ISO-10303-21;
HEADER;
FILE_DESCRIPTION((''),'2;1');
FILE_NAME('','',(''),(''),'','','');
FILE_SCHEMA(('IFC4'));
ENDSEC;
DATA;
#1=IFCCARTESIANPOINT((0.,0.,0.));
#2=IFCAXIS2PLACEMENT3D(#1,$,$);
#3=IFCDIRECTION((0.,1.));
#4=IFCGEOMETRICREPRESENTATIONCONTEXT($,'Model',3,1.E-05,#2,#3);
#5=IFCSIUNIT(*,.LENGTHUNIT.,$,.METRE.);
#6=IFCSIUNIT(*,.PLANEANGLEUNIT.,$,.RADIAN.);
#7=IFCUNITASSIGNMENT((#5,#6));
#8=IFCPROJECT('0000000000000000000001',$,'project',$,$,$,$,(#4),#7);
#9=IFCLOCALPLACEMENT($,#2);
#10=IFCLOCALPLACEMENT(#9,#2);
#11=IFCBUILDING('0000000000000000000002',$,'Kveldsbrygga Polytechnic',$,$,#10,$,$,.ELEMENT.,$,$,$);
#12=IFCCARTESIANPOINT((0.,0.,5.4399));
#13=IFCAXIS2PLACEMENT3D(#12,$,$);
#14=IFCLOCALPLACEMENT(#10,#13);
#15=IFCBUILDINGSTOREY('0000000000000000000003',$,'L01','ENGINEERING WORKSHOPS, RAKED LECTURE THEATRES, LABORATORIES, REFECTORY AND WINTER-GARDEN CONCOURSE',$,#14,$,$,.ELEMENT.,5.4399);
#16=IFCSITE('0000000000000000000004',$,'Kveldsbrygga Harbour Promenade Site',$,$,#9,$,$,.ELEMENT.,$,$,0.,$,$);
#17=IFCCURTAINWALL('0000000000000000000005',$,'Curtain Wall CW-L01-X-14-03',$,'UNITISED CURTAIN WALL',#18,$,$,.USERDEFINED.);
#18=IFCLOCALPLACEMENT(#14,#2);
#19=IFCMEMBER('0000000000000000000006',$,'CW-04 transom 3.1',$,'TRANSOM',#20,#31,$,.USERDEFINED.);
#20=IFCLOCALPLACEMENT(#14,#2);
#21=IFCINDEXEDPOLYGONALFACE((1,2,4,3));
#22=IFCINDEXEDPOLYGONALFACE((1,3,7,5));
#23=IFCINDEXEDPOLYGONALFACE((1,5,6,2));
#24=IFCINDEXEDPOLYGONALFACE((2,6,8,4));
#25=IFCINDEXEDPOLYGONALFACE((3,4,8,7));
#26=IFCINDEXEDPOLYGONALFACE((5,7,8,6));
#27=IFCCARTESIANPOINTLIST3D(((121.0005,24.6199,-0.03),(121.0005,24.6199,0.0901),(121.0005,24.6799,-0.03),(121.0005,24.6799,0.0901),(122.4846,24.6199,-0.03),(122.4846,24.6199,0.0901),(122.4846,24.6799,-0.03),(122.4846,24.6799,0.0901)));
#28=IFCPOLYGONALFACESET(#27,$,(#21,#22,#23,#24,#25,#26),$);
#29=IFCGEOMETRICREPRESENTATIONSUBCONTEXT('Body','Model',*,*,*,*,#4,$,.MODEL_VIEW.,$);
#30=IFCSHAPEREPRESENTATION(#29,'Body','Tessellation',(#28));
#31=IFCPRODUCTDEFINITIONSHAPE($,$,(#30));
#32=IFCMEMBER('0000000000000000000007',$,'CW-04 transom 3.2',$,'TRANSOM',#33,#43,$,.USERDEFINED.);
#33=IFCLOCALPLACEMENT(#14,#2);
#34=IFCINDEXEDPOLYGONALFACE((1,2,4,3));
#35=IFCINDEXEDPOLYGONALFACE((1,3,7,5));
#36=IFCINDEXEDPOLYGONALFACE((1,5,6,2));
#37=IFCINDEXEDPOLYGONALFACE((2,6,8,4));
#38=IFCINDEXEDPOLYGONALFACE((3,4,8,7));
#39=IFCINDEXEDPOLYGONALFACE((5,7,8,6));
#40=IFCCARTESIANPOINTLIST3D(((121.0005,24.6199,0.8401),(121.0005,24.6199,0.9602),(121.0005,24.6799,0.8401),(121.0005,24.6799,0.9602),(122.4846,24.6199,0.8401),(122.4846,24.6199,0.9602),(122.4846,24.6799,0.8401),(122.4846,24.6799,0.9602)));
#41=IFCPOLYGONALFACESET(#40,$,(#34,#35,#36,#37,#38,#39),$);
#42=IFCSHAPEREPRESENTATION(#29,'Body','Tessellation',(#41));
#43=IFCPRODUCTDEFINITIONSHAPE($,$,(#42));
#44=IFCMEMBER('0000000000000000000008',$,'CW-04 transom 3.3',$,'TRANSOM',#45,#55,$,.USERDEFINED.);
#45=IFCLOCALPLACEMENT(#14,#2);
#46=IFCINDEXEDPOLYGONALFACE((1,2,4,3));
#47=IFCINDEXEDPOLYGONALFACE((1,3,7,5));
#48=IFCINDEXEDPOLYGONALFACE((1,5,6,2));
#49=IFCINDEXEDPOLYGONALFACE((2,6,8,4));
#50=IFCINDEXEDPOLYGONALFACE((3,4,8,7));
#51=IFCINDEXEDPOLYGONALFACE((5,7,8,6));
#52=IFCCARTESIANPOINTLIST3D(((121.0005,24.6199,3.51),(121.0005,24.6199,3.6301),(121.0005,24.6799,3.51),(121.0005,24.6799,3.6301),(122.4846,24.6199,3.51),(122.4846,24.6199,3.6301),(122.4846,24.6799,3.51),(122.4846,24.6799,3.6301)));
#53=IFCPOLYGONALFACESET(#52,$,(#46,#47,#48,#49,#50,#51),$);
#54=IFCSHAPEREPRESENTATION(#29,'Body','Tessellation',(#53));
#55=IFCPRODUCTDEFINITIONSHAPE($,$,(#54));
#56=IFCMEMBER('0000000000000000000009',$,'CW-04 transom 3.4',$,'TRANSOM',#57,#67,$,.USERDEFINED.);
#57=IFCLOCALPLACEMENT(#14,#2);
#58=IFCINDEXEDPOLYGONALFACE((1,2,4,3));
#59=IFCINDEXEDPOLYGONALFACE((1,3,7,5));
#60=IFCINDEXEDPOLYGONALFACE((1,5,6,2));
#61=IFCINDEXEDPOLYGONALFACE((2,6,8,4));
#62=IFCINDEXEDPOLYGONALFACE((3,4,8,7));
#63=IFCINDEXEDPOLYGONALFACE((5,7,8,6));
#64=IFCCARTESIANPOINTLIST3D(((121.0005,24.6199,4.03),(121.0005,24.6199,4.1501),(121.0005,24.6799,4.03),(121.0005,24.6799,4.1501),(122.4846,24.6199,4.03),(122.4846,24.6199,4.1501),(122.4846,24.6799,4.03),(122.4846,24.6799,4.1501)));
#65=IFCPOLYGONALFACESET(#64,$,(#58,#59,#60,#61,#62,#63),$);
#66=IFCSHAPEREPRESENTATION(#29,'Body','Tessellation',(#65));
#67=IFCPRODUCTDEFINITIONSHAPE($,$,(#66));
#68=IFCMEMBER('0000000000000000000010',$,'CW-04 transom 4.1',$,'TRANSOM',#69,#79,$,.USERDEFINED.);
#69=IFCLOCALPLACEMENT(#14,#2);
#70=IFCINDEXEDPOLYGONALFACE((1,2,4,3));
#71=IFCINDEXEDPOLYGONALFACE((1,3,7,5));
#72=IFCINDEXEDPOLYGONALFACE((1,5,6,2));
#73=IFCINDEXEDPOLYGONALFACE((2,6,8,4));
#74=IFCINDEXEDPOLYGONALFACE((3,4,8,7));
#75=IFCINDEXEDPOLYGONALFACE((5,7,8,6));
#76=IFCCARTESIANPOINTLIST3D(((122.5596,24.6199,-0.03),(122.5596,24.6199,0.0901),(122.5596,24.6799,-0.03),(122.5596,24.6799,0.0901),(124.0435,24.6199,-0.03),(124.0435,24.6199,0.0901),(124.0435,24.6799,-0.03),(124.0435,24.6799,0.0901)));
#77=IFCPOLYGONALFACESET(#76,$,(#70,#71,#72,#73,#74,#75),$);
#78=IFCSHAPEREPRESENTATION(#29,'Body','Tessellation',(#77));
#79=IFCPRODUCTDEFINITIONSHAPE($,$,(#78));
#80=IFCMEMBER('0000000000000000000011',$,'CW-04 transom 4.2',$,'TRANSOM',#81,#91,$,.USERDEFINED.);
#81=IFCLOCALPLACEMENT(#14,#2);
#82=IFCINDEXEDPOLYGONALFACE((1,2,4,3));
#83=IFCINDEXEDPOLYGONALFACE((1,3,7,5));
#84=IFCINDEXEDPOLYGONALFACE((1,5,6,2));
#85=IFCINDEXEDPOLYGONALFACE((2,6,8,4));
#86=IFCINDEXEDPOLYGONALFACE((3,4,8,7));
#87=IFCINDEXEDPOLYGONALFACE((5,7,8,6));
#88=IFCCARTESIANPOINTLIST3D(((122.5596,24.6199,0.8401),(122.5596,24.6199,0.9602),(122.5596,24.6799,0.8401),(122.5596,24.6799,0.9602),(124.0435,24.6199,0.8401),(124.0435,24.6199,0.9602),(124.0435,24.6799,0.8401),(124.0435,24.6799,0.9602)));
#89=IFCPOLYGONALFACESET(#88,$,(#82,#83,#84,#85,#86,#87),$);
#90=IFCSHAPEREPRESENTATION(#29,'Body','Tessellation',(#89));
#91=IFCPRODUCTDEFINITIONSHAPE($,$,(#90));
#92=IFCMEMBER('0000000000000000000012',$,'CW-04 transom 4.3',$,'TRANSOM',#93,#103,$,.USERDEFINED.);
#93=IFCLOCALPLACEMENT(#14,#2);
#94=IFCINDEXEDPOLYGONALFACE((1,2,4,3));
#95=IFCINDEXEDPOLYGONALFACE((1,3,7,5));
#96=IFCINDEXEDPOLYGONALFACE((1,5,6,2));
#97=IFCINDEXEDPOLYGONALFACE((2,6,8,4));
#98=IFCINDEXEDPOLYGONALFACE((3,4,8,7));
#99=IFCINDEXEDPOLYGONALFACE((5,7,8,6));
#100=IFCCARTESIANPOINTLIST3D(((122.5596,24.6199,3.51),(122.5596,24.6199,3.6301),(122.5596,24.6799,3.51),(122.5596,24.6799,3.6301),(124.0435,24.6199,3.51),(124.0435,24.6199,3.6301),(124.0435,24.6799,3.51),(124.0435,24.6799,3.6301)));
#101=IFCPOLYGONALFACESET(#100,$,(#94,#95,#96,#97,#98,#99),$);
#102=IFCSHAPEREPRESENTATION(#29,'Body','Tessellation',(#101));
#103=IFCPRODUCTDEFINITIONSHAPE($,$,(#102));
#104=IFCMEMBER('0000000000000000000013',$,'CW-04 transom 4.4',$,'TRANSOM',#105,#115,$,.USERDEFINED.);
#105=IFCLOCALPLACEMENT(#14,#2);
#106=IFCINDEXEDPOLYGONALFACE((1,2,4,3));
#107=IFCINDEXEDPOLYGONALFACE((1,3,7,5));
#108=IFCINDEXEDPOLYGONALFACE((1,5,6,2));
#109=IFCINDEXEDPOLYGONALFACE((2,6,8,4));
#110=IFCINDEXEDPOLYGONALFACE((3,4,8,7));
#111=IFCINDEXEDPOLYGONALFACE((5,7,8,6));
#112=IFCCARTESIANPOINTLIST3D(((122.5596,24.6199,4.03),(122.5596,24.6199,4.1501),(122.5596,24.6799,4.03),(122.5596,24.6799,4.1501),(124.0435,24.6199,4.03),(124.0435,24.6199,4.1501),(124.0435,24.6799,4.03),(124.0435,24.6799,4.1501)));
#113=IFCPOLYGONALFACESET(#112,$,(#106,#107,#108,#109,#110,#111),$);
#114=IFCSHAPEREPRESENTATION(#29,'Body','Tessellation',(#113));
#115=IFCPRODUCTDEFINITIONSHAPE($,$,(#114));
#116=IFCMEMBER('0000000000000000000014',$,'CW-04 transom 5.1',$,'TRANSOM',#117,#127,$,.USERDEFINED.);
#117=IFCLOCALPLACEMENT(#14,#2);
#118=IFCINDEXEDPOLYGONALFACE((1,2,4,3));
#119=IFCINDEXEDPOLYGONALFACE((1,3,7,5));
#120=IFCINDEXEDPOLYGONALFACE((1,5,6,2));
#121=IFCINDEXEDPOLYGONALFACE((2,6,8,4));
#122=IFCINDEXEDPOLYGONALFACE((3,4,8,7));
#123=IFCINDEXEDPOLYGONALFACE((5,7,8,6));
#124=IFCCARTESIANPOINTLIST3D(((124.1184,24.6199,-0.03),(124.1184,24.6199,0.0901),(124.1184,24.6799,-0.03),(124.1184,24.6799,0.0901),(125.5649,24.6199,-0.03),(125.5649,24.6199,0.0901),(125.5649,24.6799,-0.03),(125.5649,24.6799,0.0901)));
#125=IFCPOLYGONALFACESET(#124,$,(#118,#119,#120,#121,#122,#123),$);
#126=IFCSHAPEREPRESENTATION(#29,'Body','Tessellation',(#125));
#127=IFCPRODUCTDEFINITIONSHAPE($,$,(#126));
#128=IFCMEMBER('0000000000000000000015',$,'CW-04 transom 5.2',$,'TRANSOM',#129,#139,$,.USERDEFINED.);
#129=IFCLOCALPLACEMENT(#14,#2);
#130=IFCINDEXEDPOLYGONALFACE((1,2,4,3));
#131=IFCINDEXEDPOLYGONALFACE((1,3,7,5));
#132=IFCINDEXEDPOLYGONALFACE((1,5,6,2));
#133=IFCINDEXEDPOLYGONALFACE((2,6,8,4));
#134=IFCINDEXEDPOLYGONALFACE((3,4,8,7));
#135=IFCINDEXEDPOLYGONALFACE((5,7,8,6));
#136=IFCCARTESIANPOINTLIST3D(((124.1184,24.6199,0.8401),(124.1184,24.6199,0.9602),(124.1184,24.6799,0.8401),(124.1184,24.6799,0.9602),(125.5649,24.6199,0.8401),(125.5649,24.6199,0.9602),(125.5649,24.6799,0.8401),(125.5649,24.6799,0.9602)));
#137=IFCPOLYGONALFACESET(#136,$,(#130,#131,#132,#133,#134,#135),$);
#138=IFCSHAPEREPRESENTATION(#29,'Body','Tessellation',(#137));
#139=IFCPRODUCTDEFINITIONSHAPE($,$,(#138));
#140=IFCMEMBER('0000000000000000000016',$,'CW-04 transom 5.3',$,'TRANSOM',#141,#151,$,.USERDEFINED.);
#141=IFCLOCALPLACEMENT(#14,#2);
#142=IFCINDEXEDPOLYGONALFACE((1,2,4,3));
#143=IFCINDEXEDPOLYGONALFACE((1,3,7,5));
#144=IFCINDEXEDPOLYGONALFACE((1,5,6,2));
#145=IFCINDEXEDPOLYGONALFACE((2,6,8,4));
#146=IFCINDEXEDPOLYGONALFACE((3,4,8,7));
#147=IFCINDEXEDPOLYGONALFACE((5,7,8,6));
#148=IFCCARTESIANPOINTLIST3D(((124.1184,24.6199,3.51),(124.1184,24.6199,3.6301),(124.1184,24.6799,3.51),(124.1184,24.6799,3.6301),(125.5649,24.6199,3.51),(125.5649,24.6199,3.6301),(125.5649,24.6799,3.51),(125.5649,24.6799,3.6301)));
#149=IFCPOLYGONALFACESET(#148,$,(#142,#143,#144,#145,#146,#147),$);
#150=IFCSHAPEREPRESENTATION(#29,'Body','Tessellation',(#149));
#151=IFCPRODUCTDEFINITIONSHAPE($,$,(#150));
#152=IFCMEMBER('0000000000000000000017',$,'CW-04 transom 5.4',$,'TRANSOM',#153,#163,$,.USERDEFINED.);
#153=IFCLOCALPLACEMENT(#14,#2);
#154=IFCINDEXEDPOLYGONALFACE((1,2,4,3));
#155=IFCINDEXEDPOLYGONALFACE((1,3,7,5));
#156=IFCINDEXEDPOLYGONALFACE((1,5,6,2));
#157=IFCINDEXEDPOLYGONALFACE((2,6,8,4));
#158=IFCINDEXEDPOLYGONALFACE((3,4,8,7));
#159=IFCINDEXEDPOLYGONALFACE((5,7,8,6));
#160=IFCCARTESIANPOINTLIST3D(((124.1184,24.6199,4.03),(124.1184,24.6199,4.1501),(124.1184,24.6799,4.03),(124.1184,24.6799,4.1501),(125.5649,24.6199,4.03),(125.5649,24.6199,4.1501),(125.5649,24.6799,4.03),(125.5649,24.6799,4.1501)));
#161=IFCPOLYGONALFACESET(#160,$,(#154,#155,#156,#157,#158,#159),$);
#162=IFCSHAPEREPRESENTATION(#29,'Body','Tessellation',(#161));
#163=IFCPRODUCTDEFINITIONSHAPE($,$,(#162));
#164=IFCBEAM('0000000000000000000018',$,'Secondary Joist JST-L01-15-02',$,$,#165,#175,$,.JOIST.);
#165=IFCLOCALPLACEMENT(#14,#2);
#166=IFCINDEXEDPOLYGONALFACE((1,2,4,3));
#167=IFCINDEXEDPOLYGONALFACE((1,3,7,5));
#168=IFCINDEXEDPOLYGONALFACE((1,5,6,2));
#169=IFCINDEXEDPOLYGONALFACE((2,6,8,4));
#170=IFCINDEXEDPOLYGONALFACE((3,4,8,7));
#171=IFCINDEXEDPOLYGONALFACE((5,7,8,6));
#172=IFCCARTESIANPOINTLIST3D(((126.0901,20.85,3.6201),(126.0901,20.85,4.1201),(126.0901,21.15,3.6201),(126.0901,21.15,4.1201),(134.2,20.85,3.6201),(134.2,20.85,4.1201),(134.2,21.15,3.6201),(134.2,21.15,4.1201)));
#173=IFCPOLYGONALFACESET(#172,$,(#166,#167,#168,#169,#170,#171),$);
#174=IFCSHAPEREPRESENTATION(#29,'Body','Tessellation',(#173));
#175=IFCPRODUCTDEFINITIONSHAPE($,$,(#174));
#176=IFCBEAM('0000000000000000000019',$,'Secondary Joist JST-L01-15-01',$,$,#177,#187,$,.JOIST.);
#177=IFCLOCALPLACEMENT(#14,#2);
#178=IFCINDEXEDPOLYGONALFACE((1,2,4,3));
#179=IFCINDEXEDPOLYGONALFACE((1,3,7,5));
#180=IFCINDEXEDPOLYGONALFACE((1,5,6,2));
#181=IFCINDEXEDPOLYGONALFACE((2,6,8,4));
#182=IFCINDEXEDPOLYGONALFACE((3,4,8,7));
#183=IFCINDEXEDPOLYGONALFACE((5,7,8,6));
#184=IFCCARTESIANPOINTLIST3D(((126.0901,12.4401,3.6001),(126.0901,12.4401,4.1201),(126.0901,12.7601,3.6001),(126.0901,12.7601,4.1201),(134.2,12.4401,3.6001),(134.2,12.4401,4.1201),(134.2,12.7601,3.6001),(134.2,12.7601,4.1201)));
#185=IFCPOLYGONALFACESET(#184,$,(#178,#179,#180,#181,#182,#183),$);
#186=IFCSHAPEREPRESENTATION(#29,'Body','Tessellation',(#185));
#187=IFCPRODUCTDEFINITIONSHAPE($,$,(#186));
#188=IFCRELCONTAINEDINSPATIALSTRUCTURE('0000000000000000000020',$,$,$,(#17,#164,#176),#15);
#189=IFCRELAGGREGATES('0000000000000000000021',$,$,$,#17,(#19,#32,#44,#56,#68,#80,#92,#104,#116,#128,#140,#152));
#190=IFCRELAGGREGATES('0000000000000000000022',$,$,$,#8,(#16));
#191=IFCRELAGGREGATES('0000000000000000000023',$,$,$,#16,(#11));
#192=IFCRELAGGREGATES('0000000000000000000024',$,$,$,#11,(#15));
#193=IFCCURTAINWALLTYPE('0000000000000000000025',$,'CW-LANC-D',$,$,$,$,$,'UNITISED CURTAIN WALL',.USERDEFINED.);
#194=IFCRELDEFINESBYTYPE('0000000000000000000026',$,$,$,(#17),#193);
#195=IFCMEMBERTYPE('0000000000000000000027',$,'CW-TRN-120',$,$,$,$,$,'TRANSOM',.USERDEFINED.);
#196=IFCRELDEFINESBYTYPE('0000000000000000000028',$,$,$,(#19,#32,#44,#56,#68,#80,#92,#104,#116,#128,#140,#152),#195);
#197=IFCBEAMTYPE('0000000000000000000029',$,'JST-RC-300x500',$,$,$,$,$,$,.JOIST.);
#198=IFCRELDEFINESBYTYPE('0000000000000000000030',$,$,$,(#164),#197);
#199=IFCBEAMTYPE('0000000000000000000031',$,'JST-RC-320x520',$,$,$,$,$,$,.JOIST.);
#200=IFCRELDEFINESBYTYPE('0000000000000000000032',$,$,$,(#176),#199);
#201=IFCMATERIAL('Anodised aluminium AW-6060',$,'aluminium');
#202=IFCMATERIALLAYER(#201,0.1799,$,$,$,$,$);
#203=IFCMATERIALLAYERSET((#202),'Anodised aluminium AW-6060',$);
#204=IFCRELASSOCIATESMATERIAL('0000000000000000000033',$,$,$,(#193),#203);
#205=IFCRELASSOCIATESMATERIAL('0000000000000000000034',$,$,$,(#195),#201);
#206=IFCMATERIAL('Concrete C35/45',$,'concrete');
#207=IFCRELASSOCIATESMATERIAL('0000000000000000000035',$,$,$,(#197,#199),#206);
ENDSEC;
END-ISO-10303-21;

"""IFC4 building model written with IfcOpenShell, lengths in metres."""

from ifc_helpers import new_model, si_unit, direction, frame, origin, origin_2d, place, context, subcontext, project, spatial, rectangle, extrude, material, layer, layer_set, material_profile, profile_set, type_object, element, aggregate, save


model = new_model("IFC4")

# Units and contexts
model_context = context("Model", 3, precision=1e-05, world=origin(), true_north=direction((0.0, 1.0)))
body_context = subcontext(model_context, "Body", "Model", "MODEL_VIEW")
ifc_project = project(units=[si_unit("LENGTHUNIT", "METRE"), si_unit("PLANEANGLEUNIT", "RADIAN")], contexts=[model_context])

# Site, building, storey
site_placement = place(None, origin())
site = spatial("IfcSite", under=ifc_project, at=site_placement, Name="Kveldsbrygga Harbour Promenade Site", CompositionType="ELEMENT", RefElevation=0.0)
building_placement = place(site_placement, origin())
building = spatial("IfcBuilding", under=site, at=building_placement, Name="Kveldsbrygga Polytechnic", CompositionType="ELEMENT")
storey_placement = place(building_placement, frame((0.0, 0.0, 5.4399)))
storey = spatial("IfcBuildingStorey", under=building, at=storey_placement, Name="L01", Description="ENGINEERING WORKSHOPS, RAKED LECTURE THEATRES, LABORATORIES, REFECTORY AND WINTER-GARDEN CONCOURSE", CompositionType="ELEMENT", Elevation=5.4399)

# Shared definitions
ifc_material_1 = material(Name="Concrete C35/45", Category="concrete")

# Curtain wall, members
ifc_material_2 = material(Name="Anodised aluminium AW-6060", Category="aluminium")
ifc_layer_1 = layer(ifc_material_2, 0.1799)
ifc_layer_set_1 = layer_set([ifc_layer_1], Name="Anodised aluminium AW-6060")
curtain_wall_type = type_object("IfcCurtainWallType", Name="CW-LANC-D", ElementType="UNITISED CURTAIN WALL", PredefinedType="USERDEFINED", material=ifc_layer_set_1)
curtain_wall_placement = place(storey_placement, origin())
curtain_wall = element("IfcCurtainWall", 1, at=curtain_wall_placement, inside=storey, type_object=curtain_wall_type, Name="Curtain Wall CW-L01-X-14-03", ObjectType="UNITISED CURTAIN WALL", PredefinedType="USERDEFINED")
ifc_material_profile_1 = material_profile(ifc_material_2, rectangle(XDim=0.0601, YDim=0.1201, at=origin_2d()), Name="ALU 60x120")
ifc_profile_set_1 = profile_set([ifc_material_profile_1], Name="Anodised aluminium AW-6060")
member_type_1 = type_object("IfcMemberType", Name="CW-TRN-120", ElementType="TRANSOM", PredefinedType="USERDEFINED", material=ifc_profile_set_1)
member_1_placement = place(storey_placement, frame((121.0005, 24.6499, 0.03), z_axis=(1.0, 0.0, 0.0), x_axis=(0.0, 1.0, 0.0)))
member_1 = element("IfcMember", 2, at=member_1_placement, type_object=member_type_1, Name="CW-04 transom 3.1", ObjectType="TRANSOM", PredefinedType="USERDEFINED", context=body_context, shape_type="SweptSolid", body=[
    extrude(rectangle(XDim=0.0601, YDim=0.1201, at=origin_2d()), origin(), (0.0, 0.0, 1.0), 1.4841),
])
member_2_placement = place(storey_placement, frame((121.0005, 24.6499, 0.9001), z_axis=(1.0, 0.0, 0.0), x_axis=(0.0, 1.0, 0.0)))
member_2 = element("IfcMember", 3, at=member_2_placement, type_object=member_type_1, Name="CW-04 transom 3.2", ObjectType="TRANSOM", PredefinedType="USERDEFINED", context=body_context, shape_type="SweptSolid", body=[
    extrude(rectangle(XDim=0.0601, YDim=0.1201, at=origin_2d()), origin(), (0.0, 0.0, 1.0), 1.4841),
])
member_3_placement = place(storey_placement, frame((121.0005, 24.6499, 3.5701), z_axis=(1.0, 0.0, 0.0), x_axis=(0.0, 1.0, 0.0)))
member_3 = element("IfcMember", 4, at=member_3_placement, type_object=member_type_1, Name="CW-04 transom 3.3", ObjectType="TRANSOM", PredefinedType="USERDEFINED", context=body_context, shape_type="SweptSolid", body=[
    extrude(rectangle(XDim=0.0601, YDim=0.1201, at=origin_2d()), origin(), (0.0, 0.0, 1.0), 1.4841),
])
member_4_placement = place(storey_placement, frame((121.0005, 24.6499, 4.0901), z_axis=(1.0, 0.0, 0.0), x_axis=(0.0, 1.0, 0.0)))
member_4 = element("IfcMember", 5, at=member_4_placement, type_object=member_type_1, Name="CW-04 transom 3.4", ObjectType="TRANSOM", PredefinedType="USERDEFINED", context=body_context, shape_type="SweptSolid", body=[
    extrude(rectangle(XDim=0.0601, YDim=0.1201, at=origin_2d()), origin(), (0.0, 0.0, 1.0), 1.4841),
])
member_5_placement = place(storey_placement, frame((122.5596, 24.6499, 0.03), z_axis=(1.0, 0.0, 0.0), x_axis=(0.0, 1.0, 0.0)))
member_5 = element("IfcMember", 6, at=member_5_placement, type_object=member_type_1, Name="CW-04 transom 4.1", ObjectType="TRANSOM", PredefinedType="USERDEFINED", context=body_context, shape_type="SweptSolid", body=[
    extrude(rectangle(XDim=0.0601, YDim=0.1201, at=origin_2d()), origin(), (0.0, 0.0, 1.0), 1.4839),
])
member_6_placement = place(storey_placement, frame((122.5596, 24.6499, 0.9001), z_axis=(1.0, 0.0, 0.0), x_axis=(0.0, 1.0, 0.0)))
member_6 = element("IfcMember", 7, at=member_6_placement, type_object=member_type_1, Name="CW-04 transom 4.2", ObjectType="TRANSOM", PredefinedType="USERDEFINED", context=body_context, shape_type="SweptSolid", body=[
    extrude(rectangle(XDim=0.0601, YDim=0.1201, at=origin_2d()), origin(), (0.0, 0.0, 1.0), 1.4839),
])
member_7_placement = place(storey_placement, frame((122.5596, 24.6499, 3.5701), z_axis=(1.0, 0.0, 0.0), x_axis=(0.0, 1.0, 0.0)))
member_7 = element("IfcMember", 8, at=member_7_placement, type_object=member_type_1, Name="CW-04 transom 4.3", ObjectType="TRANSOM", PredefinedType="USERDEFINED", context=body_context, shape_type="SweptSolid", body=[
    extrude(rectangle(XDim=0.0601, YDim=0.1201, at=origin_2d()), origin(), (0.0, 0.0, 1.0), 1.4839),
])
member_8_placement = place(storey_placement, frame((122.5596, 24.6499, 4.0901), z_axis=(1.0, 0.0, 0.0), x_axis=(0.0, 1.0, 0.0)))
member_8 = element("IfcMember", 9, at=member_8_placement, type_object=member_type_1, Name="CW-04 transom 4.4", ObjectType="TRANSOM", PredefinedType="USERDEFINED", context=body_context, shape_type="SweptSolid", body=[
    extrude(rectangle(XDim=0.0601, YDim=0.1201, at=origin_2d()), origin(), (0.0, 0.0, 1.0), 1.4839),
])
member_9_placement = place(storey_placement, frame((124.1184, 24.6499, 0.03), z_axis=(1.0, 0.0, 0.0), x_axis=(0.0, 1.0, 0.0)))
member_9 = element("IfcMember", 10, at=member_9_placement, type_object=member_type_1, Name="CW-04 transom 5.1", ObjectType="TRANSOM", PredefinedType="USERDEFINED", context=body_context, shape_type="SweptSolid", body=[
    extrude(rectangle(XDim=0.0601, YDim=0.1201, at=origin_2d()), origin(), (0.0, 0.0, 1.0), 1.4465),
])
member_10_placement = place(storey_placement, frame((124.1184, 24.6499, 0.9001), z_axis=(1.0, 0.0, 0.0), x_axis=(0.0, 1.0, 0.0)))
member_10 = element("IfcMember", 11, at=member_10_placement, type_object=member_type_1, Name="CW-04 transom 5.2", ObjectType="TRANSOM", PredefinedType="USERDEFINED", context=body_context, shape_type="SweptSolid", body=[
    extrude(rectangle(XDim=0.0601, YDim=0.1201, at=origin_2d()), origin(), (0.0, 0.0, 1.0), 1.4465),
])
member_11_placement = place(storey_placement, frame((124.1184, 24.6499, 3.5701), z_axis=(1.0, 0.0, 0.0), x_axis=(0.0, 1.0, 0.0)))
member_11 = element("IfcMember", 12, at=member_11_placement, type_object=member_type_1, Name="CW-04 transom 5.3", ObjectType="TRANSOM", PredefinedType="USERDEFINED", context=body_context, shape_type="SweptSolid", body=[
    extrude(rectangle(XDim=0.0601, YDim=0.1201, at=origin_2d()), origin(), (0.0, 0.0, 1.0), 1.4465),
])
member_12_placement = place(storey_placement, frame((124.1184, 24.6499, 4.0901), z_axis=(1.0, 0.0, 0.0), x_axis=(0.0, 1.0, 0.0)))
member_12 = element("IfcMember", 13, at=member_12_placement, type_object=member_type_1, Name="CW-04 transom 5.4", ObjectType="TRANSOM", PredefinedType="USERDEFINED", context=body_context, shape_type="SweptSolid", body=[
    extrude(rectangle(XDim=0.0601, YDim=0.1201, at=origin_2d()), origin(), (0.0, 0.0, 1.0), 1.4465),
])

# Beams
ifc_material_profile_2 = material_profile(ifc_material_1, rectangle(XDim=0.3, YDim=0.5, at=origin_2d()), Name="RC 300x500")
ifc_profile_set_2 = profile_set([ifc_material_profile_2], Name="Concrete C35/45")
beam_type_1 = type_object("IfcBeamType", Name="JST-RC-300x500", PredefinedType="JOIST", material=ifc_profile_set_2)
beam_1_placement = place(storey_placement, frame((126.0901, 21.0, 3.8701), z_axis=(1.0, 0.0, 0.0), x_axis=(0.0, 1.0, 0.0)))
element("IfcBeam", 14, at=beam_1_placement, inside=storey, type_object=beam_type_1, Name="Secondary Joist JST-L01-15-02", PredefinedType="JOIST", context=body_context, shape_type="SweptSolid", body=[
    extrude(rectangle(XDim=0.3, YDim=0.5, at=origin_2d()), origin(), (0.0, 0.0, 1.0), 8.1099),
])
ifc_material_profile_3 = material_profile(ifc_material_1, rectangle(XDim=0.3201, YDim=0.52, at=origin_2d()), Name="RC 320x520")
ifc_profile_set_3 = profile_set([ifc_material_profile_3], Name="Concrete C35/45")
beam_type_2 = type_object("IfcBeamType", Name="JST-RC-320x520", PredefinedType="JOIST", material=ifc_profile_set_3)
beam_2_placement = place(storey_placement, frame((126.0901, 12.6001, 3.8601), z_axis=(1.0, 0.0, 0.0), x_axis=(0.0, 1.0, 0.0)))
element("IfcBeam", 15, at=beam_2_placement, inside=storey, type_object=beam_type_2, Name="Secondary Joist JST-L01-15-01", PredefinedType="JOIST", context=body_context, shape_type="SweptSolid", body=[
    extrude(rectangle(XDim=0.3201, YDim=0.52, at=origin_2d()), origin(), (0.0, 0.0, 1.0), 8.1099),
])

aggregate(curtain_wall, [member_1, member_2, member_3, member_4, member_5, member_6, member_7, member_8, member_9, member_10, member_11, member_12])

save(model, "model.ifc")
